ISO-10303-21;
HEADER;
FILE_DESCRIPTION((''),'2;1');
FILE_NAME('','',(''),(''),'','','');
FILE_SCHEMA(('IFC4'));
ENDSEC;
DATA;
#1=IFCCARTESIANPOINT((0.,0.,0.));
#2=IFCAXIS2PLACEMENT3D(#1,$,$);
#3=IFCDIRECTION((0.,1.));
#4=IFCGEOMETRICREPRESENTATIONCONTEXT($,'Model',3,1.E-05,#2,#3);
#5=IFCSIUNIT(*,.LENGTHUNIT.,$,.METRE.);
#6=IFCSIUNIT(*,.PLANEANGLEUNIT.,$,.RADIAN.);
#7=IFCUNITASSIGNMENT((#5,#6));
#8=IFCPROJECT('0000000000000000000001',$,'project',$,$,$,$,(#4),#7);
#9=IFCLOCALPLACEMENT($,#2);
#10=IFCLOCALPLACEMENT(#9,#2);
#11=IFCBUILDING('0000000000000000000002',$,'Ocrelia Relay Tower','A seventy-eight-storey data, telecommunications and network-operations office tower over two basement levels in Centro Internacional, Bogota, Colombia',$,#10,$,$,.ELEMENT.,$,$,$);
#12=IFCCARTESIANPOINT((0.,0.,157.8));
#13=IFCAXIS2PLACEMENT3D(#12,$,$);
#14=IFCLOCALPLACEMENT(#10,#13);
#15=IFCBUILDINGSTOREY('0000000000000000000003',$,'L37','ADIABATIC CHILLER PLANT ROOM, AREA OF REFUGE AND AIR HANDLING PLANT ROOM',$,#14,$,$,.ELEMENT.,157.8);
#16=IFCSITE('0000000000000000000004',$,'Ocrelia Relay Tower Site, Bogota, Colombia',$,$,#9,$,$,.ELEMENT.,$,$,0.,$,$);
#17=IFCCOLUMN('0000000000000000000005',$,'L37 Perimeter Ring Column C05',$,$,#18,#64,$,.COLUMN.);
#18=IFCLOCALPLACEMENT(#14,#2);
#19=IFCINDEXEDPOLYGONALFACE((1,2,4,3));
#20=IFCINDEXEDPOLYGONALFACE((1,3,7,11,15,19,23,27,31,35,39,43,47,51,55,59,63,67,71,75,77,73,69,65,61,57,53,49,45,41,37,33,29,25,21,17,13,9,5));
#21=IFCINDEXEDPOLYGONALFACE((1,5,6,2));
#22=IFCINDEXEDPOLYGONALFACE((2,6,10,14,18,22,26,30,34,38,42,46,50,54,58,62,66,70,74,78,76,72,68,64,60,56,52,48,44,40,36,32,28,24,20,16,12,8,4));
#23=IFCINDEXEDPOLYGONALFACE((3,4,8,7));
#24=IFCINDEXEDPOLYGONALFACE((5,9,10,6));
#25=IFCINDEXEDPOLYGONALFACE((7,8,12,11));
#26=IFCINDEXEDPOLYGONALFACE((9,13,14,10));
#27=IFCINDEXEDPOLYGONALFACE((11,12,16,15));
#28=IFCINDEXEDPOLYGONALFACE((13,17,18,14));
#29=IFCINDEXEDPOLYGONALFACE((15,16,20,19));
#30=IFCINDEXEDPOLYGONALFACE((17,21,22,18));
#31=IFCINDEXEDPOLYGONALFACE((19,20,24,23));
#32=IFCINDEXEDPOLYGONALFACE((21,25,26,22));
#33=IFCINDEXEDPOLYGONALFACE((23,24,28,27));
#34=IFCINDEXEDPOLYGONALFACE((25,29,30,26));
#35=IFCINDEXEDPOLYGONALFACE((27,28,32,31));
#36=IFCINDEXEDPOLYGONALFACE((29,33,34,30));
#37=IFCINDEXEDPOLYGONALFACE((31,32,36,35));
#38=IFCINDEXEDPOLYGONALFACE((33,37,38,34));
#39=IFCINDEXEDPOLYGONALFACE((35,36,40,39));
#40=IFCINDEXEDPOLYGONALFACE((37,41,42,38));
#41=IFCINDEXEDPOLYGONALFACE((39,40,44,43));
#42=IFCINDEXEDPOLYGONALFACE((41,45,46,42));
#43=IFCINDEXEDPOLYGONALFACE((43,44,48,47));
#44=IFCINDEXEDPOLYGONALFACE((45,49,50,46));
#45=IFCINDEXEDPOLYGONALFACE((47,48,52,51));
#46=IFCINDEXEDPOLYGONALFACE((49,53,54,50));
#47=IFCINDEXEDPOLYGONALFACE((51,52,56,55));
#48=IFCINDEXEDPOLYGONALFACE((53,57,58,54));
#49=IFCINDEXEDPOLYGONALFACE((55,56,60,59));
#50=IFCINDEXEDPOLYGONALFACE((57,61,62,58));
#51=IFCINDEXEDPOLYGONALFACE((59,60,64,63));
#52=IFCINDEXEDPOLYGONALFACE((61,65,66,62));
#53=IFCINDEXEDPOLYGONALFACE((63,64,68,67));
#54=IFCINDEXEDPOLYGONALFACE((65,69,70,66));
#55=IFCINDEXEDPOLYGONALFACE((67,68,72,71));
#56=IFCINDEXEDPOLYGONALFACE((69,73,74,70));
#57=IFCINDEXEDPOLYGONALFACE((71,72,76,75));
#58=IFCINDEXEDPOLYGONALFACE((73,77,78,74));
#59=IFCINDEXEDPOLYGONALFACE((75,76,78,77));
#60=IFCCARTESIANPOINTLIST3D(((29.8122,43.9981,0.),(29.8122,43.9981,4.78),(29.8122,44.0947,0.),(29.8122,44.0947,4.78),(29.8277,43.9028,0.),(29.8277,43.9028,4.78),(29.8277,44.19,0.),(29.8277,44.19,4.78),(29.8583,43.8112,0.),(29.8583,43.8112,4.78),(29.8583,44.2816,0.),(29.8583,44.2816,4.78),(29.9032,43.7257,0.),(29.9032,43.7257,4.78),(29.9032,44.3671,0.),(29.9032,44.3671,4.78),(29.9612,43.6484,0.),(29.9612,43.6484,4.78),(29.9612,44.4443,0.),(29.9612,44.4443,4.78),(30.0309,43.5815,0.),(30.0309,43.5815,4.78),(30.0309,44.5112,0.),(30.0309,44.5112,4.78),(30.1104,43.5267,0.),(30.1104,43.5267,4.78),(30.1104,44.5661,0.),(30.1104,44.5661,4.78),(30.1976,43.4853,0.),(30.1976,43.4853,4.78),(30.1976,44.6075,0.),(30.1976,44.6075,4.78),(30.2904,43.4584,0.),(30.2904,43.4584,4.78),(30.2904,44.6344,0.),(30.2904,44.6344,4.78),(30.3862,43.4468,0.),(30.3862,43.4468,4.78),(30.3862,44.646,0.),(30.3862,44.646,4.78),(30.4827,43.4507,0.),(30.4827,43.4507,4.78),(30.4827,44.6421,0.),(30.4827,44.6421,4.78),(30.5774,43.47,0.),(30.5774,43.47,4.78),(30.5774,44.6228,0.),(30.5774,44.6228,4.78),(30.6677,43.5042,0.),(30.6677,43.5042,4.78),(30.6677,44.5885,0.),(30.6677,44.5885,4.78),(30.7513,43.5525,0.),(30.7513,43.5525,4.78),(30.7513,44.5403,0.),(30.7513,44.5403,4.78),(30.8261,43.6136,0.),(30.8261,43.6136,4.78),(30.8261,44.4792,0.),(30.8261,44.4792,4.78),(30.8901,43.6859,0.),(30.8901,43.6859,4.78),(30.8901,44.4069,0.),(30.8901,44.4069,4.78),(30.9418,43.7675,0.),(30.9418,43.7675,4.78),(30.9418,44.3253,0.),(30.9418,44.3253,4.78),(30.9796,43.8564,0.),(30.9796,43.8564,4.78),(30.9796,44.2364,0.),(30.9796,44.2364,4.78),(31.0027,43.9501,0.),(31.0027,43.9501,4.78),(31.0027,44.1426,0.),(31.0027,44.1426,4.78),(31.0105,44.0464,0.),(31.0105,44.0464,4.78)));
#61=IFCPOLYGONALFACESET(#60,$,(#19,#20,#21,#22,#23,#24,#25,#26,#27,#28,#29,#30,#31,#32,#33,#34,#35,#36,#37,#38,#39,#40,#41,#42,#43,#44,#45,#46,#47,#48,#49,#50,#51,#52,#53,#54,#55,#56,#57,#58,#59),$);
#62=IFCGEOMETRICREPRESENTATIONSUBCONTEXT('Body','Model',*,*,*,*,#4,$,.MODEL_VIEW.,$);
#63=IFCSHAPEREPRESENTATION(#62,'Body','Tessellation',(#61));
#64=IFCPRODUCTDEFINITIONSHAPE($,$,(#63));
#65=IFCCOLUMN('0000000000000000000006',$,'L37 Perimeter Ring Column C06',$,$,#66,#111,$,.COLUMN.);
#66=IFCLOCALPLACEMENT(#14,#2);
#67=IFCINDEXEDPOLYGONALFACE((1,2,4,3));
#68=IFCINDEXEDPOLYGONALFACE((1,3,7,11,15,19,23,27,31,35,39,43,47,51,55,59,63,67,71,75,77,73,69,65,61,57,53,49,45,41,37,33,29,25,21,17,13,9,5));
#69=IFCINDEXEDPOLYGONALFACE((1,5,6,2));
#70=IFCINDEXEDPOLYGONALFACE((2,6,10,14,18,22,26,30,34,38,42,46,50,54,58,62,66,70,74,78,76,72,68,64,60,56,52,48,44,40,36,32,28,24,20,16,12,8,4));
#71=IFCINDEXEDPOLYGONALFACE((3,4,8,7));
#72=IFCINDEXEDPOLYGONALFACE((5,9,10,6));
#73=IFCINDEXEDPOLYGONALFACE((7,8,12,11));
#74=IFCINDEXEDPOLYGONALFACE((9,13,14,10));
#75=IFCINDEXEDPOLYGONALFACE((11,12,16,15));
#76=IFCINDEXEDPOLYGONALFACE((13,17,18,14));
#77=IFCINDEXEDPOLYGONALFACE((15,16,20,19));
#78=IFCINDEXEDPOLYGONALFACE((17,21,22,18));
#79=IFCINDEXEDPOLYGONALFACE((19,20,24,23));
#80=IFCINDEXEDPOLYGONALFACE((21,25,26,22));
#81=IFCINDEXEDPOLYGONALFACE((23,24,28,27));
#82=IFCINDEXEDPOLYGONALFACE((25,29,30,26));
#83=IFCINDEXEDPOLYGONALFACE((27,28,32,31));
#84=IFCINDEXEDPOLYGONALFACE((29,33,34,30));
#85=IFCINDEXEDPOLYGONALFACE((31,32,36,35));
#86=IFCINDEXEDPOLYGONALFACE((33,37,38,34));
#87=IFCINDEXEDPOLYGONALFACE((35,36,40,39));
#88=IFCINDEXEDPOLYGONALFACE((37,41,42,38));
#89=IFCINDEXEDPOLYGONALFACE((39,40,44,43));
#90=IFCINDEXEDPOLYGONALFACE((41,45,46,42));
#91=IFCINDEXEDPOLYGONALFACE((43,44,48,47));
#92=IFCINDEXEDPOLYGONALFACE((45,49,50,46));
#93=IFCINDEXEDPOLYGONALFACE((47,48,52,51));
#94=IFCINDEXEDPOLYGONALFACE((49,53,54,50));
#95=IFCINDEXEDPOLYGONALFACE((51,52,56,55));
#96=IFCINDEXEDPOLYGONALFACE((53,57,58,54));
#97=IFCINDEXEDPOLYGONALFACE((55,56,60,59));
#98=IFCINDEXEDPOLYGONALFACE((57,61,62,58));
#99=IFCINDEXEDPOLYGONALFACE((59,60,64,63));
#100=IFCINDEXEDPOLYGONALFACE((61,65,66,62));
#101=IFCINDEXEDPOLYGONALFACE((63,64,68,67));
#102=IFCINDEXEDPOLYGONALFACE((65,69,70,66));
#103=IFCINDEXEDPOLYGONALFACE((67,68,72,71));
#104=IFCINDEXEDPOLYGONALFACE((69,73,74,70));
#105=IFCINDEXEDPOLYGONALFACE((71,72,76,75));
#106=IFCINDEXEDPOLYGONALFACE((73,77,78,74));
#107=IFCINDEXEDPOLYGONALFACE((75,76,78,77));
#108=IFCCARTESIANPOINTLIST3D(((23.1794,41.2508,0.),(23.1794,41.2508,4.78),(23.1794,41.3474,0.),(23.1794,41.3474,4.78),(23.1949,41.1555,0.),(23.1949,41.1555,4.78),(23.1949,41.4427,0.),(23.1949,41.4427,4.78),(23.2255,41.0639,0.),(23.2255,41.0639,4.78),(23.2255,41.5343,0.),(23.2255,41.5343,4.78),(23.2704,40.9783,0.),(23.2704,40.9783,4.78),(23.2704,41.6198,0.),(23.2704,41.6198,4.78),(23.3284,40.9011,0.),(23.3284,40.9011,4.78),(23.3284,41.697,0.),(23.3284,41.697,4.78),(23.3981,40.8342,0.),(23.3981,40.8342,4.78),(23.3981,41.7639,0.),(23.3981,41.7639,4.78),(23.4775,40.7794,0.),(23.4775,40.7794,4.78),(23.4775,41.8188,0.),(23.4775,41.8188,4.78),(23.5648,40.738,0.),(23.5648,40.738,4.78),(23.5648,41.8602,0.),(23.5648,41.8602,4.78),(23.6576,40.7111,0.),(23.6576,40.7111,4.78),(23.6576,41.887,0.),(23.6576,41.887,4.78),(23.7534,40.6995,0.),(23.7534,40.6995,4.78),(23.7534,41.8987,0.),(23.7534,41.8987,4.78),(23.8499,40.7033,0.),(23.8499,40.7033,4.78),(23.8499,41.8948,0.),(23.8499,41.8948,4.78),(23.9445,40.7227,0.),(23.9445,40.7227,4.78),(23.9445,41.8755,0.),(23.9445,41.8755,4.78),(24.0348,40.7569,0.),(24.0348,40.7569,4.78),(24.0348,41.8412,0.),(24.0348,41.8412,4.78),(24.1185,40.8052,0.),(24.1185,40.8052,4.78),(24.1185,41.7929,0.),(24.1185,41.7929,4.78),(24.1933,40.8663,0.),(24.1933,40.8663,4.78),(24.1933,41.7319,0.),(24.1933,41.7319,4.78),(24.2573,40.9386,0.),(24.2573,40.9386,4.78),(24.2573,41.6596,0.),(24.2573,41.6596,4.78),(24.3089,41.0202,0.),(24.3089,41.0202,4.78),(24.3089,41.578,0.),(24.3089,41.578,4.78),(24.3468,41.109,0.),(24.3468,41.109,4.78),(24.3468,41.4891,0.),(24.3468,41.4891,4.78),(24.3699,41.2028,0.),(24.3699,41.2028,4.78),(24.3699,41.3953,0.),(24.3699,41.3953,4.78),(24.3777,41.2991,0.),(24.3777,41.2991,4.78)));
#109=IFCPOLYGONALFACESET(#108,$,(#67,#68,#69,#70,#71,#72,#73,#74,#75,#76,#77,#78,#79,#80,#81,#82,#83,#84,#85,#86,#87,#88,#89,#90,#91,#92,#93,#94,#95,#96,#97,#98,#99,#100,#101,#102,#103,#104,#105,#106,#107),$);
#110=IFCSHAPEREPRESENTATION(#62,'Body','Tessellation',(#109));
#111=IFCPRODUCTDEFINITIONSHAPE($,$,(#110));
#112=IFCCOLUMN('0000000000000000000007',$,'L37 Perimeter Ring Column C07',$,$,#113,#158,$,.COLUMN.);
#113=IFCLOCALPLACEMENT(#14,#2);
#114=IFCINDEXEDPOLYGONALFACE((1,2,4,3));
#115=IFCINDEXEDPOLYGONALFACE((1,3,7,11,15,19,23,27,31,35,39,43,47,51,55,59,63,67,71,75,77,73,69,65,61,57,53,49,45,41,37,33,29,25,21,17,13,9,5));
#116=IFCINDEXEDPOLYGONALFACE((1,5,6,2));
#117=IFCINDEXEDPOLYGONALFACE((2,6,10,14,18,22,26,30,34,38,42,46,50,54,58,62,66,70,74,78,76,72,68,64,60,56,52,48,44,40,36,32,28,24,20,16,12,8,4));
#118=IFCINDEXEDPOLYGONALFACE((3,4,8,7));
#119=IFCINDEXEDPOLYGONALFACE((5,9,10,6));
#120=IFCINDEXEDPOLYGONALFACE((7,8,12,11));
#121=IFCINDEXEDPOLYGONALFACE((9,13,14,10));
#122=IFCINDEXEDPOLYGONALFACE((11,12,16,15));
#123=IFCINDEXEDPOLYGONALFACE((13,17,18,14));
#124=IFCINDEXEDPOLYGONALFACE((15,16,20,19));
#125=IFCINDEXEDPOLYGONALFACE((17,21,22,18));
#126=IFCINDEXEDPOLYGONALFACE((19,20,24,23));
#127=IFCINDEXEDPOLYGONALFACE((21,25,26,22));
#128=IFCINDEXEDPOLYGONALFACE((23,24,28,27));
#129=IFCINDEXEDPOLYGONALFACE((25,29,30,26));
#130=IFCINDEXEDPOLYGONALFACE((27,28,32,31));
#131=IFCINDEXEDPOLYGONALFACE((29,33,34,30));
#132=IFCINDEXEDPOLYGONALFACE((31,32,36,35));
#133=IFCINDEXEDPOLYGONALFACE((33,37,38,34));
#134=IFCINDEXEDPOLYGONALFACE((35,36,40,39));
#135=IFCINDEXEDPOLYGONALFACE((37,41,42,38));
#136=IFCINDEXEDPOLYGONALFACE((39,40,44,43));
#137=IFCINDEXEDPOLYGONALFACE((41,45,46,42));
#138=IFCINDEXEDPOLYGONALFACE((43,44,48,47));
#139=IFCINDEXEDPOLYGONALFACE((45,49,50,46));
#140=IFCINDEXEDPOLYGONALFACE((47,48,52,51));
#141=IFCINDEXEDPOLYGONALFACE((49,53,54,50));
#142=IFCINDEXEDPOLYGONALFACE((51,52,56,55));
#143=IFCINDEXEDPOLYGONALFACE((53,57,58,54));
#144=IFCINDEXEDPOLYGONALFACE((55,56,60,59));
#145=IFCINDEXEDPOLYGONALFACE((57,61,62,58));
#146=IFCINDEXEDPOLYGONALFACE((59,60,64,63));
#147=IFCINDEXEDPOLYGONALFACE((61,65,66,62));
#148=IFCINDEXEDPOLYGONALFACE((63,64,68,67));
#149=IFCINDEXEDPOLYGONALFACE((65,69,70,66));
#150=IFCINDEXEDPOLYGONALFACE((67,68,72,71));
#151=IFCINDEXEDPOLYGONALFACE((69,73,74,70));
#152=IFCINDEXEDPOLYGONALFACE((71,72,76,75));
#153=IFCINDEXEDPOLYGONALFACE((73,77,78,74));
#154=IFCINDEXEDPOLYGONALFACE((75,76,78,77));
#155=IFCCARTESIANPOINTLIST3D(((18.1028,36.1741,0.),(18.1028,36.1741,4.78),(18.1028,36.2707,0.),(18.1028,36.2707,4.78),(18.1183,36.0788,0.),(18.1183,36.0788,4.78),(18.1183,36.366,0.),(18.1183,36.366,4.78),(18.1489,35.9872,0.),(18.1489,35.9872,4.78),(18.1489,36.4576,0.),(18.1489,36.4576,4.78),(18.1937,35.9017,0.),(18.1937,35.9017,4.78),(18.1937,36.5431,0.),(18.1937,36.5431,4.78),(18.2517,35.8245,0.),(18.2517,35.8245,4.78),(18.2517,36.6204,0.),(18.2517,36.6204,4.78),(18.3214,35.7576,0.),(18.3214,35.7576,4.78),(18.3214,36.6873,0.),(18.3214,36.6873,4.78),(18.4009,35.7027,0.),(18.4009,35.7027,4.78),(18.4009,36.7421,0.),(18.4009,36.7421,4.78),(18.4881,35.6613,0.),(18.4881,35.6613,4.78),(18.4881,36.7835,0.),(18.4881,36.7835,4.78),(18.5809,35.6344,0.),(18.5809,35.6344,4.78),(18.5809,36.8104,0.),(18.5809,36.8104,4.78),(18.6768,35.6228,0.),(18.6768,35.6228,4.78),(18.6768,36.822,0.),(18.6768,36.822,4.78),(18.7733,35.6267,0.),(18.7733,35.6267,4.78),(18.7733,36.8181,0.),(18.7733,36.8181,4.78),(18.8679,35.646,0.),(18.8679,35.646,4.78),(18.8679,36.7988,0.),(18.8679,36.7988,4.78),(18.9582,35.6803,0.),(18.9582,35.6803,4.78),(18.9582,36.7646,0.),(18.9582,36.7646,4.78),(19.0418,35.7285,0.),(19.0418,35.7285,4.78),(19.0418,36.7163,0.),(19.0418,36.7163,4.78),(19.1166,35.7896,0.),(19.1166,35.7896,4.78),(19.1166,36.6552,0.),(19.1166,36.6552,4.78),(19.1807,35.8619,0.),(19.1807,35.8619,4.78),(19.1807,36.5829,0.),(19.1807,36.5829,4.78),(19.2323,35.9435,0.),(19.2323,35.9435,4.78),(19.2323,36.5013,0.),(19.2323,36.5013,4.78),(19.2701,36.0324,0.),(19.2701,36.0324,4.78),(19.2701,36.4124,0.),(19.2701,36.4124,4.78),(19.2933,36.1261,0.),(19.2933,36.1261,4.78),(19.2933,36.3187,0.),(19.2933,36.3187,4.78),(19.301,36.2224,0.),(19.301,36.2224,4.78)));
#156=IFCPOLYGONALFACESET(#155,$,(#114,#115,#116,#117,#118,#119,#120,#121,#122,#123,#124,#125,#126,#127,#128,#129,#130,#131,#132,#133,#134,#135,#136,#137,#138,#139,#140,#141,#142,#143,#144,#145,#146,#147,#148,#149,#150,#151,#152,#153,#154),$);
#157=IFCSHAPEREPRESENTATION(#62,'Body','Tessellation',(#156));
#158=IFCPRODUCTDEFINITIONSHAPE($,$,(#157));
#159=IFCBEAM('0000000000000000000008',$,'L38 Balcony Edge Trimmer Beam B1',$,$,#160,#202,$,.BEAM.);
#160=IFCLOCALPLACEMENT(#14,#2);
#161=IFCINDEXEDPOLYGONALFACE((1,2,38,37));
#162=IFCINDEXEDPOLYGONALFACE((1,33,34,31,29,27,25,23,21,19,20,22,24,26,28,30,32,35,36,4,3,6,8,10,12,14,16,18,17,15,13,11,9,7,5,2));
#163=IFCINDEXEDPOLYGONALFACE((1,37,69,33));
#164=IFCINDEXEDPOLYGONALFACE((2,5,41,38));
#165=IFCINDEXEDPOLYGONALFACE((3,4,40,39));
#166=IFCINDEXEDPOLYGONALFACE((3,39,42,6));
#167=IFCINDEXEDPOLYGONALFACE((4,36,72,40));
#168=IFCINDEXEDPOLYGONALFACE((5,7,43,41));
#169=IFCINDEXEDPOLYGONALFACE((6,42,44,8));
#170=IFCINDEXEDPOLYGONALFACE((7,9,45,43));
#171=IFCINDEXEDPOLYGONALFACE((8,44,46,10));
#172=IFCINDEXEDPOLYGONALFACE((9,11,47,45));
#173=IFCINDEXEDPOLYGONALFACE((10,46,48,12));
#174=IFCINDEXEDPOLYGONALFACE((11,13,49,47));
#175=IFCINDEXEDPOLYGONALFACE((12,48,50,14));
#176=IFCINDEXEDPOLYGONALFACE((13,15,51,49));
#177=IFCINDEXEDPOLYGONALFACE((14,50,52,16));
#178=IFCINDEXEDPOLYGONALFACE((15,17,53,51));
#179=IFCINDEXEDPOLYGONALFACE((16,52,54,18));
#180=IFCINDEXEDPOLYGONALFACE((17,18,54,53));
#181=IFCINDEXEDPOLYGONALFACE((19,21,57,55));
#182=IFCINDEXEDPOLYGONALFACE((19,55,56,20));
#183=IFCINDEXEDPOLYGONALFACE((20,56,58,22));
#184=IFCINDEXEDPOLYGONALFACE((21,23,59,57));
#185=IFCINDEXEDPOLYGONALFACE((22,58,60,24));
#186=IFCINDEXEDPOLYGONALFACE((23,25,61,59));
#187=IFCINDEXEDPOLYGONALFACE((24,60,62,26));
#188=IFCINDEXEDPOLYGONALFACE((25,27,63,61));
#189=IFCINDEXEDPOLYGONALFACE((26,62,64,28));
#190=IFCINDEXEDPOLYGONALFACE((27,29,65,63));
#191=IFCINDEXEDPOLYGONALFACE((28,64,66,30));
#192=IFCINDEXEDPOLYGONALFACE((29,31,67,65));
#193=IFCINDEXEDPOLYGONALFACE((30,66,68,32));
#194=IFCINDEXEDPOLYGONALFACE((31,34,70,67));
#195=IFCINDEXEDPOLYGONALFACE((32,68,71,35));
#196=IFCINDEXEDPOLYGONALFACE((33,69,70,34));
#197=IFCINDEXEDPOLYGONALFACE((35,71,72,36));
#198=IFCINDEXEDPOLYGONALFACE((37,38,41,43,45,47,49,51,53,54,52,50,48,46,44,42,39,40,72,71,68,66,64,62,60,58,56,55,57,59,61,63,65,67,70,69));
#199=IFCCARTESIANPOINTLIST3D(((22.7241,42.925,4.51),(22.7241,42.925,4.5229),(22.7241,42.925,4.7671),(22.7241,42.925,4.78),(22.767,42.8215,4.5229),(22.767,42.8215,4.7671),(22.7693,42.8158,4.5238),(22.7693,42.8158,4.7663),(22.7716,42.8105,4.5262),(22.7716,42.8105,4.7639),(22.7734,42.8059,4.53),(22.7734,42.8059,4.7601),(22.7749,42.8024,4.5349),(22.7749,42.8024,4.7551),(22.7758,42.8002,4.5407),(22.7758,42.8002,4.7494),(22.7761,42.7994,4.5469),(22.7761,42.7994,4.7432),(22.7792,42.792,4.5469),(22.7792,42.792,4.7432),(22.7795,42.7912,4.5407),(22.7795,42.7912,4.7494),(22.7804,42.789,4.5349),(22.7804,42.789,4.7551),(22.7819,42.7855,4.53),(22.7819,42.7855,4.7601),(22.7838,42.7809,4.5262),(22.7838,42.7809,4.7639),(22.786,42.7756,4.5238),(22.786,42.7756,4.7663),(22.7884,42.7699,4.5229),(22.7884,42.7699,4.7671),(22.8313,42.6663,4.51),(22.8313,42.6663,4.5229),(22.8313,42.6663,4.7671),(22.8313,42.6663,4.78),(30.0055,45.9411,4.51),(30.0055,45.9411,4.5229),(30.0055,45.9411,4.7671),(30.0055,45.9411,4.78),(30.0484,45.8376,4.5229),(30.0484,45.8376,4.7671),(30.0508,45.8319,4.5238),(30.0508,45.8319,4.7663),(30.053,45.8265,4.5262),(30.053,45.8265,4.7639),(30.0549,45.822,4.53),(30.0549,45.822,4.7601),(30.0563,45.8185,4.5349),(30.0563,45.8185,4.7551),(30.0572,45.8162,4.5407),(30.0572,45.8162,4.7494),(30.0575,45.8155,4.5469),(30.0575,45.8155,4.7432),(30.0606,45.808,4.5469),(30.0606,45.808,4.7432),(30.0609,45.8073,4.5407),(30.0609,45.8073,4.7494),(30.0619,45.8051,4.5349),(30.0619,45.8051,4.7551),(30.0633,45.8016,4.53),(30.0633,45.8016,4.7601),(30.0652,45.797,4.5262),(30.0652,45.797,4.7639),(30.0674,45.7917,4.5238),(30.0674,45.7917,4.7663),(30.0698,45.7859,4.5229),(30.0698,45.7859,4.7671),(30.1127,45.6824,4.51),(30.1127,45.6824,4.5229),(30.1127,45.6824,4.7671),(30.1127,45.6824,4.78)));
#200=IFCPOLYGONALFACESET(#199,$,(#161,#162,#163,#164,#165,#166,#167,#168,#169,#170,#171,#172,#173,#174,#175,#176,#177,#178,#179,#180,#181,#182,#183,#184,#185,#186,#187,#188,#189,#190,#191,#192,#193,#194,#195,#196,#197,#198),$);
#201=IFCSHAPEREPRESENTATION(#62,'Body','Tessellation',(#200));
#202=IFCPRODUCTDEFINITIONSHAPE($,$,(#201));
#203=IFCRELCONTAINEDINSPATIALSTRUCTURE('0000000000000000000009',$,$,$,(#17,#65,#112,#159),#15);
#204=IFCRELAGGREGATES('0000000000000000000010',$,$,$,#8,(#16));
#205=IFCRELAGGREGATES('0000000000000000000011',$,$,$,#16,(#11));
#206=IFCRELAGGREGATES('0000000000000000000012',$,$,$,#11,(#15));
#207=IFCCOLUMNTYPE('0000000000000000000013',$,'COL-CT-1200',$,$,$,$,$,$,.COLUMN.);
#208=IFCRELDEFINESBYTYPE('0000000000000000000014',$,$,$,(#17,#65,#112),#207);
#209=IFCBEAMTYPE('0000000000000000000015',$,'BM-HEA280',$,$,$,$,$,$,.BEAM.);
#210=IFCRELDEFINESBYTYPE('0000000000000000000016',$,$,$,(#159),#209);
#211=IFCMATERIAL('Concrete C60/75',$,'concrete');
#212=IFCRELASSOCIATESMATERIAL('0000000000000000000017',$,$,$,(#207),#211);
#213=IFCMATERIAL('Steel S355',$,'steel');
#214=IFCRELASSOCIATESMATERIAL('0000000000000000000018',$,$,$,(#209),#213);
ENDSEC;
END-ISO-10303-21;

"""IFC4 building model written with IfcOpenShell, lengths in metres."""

from ifc_helpers import new_model, si_unit, direction, frame, origin, origin_2d, place, context, subcontext, project, spatial, circle, i_section, extrude, material, material_profile, profile_set, type_object, element, save


model = new_model("IFC4")

# Units and contexts
model_context = context("Model", 3, precision=1e-05, world=origin(), true_north=direction((0.0, 1.0)))
body_context = subcontext(model_context, "Body", "Model", "MODEL_VIEW")
ifc_project = project(units=[si_unit("LENGTHUNIT", "METRE"), si_unit("PLANEANGLEUNIT", "RADIAN")], contexts=[model_context])

# Site, building, storey
site_placement = place(None, origin())
site = spatial("IfcSite", under=ifc_project, at=site_placement, Name="Ocrelia Relay Tower Site, Bogota, Colombia", CompositionType="ELEMENT", RefElevation=0.0)
building_placement = place(site_placement, origin())
building = spatial("IfcBuilding", under=site, at=building_placement, Name="Ocrelia Relay Tower", Description="A seventy-eight-storey data, telecommunications and network-operations office tower over two basement levels in Centro Internacional, Bogota, Colombia", CompositionType="ELEMENT")
storey_placement = place(building_placement, frame((0.0, 0.0, 157.8)))
storey = spatial("IfcBuildingStorey", under=building, at=storey_placement, Name="L37", Description="ADIABATIC CHILLER PLANT ROOM, AREA OF REFUGE AND AIR HANDLING PLANT ROOM", CompositionType="ELEMENT", Elevation=157.8)

# Columns
ifc_material_1 = material(Name="Concrete C60/75", Category="concrete")
ifc_material_profile_1 = material_profile(ifc_material_1, circle(Radius=0.6001, at=origin_2d()), Name="RC-CIR-1200")
ifc_profile_set_1 = profile_set([ifc_material_profile_1], Name="Concrete C60/75")
column_type = type_object("IfcColumnType", Name="COL-CT-1200", PredefinedType="COLUMN", material=ifc_profile_set_1)
for number, where, z_axis, x_axis, name in (
    (1, (30.4104, 44.0464, 0.0), (0.0, 0.0, 1.0), (1.0, 0.0, 0.0), "L37 Perimeter Ring Column C05"),
    (2, (23.7776, 41.2991, 0.0), (0.0, 0.0, 1.0), (1.0, 0.0, 0.0), "L37 Perimeter Ring Column C06"),
    (3, (18.7009, 36.2224, 0.0), (0.0, 0.0, 1.0), (1.0, 0.0, 0.0), "L37 Perimeter Ring Column C07"),
):
    element("IfcColumn", number, at=place(storey_placement, frame(where, z_axis=z_axis, x_axis=x_axis)), inside=storey, type_object=column_type, Name=name, PredefinedType="COLUMN", context=body_context, shape_type="SweptSolid", body=[
        extrude(circle(Radius=0.6001, at=origin_2d()), origin(), (0.0, 0.0, 1.0), 4.78),
    ])

# Beam
ifc_material_2 = material(Name="Steel S355", Category="steel")
ifc_material_profile_2 = material_profile(ifc_material_2, i_section(OverallWidth=0.28, OverallDepth=0.27, WebThickness=0.0081, FlangeThickness=0.0129, FilletRadius=0.0239, at=origin_2d()), Name="HEA 280")
ifc_profile_set_2 = profile_set([ifc_material_profile_2], Name="Steel S355")
beam_type_1 = type_object("IfcBeamType", Name="BM-HEA280", PredefinedType="BEAM", material=ifc_profile_set_2)
beam_1_placement = place(storey_placement, frame((30.0591, 45.8118, 4.645), z_axis=(-0.923879, -0.382686, 0.0), x_axis=(0.382686, -0.923879, 0.0)))
element("IfcBeam", 4, at=beam_1_placement, inside=storey, type_object=beam_type_1, Name="L38 Balcony Edge Trimmer Beam B1", PredefinedType="BEAM", context=body_context, shape_type="SweptSolid", body=[
    extrude(i_section(OverallWidth=0.28, OverallDepth=0.27, WebThickness=0.0081, FlangeThickness=0.0129, FilletRadius=0.0239, at=origin_2d()), origin(), (0.0, 0.0, 1.0), 7.8813),
])

save(model, "model.ifc")
